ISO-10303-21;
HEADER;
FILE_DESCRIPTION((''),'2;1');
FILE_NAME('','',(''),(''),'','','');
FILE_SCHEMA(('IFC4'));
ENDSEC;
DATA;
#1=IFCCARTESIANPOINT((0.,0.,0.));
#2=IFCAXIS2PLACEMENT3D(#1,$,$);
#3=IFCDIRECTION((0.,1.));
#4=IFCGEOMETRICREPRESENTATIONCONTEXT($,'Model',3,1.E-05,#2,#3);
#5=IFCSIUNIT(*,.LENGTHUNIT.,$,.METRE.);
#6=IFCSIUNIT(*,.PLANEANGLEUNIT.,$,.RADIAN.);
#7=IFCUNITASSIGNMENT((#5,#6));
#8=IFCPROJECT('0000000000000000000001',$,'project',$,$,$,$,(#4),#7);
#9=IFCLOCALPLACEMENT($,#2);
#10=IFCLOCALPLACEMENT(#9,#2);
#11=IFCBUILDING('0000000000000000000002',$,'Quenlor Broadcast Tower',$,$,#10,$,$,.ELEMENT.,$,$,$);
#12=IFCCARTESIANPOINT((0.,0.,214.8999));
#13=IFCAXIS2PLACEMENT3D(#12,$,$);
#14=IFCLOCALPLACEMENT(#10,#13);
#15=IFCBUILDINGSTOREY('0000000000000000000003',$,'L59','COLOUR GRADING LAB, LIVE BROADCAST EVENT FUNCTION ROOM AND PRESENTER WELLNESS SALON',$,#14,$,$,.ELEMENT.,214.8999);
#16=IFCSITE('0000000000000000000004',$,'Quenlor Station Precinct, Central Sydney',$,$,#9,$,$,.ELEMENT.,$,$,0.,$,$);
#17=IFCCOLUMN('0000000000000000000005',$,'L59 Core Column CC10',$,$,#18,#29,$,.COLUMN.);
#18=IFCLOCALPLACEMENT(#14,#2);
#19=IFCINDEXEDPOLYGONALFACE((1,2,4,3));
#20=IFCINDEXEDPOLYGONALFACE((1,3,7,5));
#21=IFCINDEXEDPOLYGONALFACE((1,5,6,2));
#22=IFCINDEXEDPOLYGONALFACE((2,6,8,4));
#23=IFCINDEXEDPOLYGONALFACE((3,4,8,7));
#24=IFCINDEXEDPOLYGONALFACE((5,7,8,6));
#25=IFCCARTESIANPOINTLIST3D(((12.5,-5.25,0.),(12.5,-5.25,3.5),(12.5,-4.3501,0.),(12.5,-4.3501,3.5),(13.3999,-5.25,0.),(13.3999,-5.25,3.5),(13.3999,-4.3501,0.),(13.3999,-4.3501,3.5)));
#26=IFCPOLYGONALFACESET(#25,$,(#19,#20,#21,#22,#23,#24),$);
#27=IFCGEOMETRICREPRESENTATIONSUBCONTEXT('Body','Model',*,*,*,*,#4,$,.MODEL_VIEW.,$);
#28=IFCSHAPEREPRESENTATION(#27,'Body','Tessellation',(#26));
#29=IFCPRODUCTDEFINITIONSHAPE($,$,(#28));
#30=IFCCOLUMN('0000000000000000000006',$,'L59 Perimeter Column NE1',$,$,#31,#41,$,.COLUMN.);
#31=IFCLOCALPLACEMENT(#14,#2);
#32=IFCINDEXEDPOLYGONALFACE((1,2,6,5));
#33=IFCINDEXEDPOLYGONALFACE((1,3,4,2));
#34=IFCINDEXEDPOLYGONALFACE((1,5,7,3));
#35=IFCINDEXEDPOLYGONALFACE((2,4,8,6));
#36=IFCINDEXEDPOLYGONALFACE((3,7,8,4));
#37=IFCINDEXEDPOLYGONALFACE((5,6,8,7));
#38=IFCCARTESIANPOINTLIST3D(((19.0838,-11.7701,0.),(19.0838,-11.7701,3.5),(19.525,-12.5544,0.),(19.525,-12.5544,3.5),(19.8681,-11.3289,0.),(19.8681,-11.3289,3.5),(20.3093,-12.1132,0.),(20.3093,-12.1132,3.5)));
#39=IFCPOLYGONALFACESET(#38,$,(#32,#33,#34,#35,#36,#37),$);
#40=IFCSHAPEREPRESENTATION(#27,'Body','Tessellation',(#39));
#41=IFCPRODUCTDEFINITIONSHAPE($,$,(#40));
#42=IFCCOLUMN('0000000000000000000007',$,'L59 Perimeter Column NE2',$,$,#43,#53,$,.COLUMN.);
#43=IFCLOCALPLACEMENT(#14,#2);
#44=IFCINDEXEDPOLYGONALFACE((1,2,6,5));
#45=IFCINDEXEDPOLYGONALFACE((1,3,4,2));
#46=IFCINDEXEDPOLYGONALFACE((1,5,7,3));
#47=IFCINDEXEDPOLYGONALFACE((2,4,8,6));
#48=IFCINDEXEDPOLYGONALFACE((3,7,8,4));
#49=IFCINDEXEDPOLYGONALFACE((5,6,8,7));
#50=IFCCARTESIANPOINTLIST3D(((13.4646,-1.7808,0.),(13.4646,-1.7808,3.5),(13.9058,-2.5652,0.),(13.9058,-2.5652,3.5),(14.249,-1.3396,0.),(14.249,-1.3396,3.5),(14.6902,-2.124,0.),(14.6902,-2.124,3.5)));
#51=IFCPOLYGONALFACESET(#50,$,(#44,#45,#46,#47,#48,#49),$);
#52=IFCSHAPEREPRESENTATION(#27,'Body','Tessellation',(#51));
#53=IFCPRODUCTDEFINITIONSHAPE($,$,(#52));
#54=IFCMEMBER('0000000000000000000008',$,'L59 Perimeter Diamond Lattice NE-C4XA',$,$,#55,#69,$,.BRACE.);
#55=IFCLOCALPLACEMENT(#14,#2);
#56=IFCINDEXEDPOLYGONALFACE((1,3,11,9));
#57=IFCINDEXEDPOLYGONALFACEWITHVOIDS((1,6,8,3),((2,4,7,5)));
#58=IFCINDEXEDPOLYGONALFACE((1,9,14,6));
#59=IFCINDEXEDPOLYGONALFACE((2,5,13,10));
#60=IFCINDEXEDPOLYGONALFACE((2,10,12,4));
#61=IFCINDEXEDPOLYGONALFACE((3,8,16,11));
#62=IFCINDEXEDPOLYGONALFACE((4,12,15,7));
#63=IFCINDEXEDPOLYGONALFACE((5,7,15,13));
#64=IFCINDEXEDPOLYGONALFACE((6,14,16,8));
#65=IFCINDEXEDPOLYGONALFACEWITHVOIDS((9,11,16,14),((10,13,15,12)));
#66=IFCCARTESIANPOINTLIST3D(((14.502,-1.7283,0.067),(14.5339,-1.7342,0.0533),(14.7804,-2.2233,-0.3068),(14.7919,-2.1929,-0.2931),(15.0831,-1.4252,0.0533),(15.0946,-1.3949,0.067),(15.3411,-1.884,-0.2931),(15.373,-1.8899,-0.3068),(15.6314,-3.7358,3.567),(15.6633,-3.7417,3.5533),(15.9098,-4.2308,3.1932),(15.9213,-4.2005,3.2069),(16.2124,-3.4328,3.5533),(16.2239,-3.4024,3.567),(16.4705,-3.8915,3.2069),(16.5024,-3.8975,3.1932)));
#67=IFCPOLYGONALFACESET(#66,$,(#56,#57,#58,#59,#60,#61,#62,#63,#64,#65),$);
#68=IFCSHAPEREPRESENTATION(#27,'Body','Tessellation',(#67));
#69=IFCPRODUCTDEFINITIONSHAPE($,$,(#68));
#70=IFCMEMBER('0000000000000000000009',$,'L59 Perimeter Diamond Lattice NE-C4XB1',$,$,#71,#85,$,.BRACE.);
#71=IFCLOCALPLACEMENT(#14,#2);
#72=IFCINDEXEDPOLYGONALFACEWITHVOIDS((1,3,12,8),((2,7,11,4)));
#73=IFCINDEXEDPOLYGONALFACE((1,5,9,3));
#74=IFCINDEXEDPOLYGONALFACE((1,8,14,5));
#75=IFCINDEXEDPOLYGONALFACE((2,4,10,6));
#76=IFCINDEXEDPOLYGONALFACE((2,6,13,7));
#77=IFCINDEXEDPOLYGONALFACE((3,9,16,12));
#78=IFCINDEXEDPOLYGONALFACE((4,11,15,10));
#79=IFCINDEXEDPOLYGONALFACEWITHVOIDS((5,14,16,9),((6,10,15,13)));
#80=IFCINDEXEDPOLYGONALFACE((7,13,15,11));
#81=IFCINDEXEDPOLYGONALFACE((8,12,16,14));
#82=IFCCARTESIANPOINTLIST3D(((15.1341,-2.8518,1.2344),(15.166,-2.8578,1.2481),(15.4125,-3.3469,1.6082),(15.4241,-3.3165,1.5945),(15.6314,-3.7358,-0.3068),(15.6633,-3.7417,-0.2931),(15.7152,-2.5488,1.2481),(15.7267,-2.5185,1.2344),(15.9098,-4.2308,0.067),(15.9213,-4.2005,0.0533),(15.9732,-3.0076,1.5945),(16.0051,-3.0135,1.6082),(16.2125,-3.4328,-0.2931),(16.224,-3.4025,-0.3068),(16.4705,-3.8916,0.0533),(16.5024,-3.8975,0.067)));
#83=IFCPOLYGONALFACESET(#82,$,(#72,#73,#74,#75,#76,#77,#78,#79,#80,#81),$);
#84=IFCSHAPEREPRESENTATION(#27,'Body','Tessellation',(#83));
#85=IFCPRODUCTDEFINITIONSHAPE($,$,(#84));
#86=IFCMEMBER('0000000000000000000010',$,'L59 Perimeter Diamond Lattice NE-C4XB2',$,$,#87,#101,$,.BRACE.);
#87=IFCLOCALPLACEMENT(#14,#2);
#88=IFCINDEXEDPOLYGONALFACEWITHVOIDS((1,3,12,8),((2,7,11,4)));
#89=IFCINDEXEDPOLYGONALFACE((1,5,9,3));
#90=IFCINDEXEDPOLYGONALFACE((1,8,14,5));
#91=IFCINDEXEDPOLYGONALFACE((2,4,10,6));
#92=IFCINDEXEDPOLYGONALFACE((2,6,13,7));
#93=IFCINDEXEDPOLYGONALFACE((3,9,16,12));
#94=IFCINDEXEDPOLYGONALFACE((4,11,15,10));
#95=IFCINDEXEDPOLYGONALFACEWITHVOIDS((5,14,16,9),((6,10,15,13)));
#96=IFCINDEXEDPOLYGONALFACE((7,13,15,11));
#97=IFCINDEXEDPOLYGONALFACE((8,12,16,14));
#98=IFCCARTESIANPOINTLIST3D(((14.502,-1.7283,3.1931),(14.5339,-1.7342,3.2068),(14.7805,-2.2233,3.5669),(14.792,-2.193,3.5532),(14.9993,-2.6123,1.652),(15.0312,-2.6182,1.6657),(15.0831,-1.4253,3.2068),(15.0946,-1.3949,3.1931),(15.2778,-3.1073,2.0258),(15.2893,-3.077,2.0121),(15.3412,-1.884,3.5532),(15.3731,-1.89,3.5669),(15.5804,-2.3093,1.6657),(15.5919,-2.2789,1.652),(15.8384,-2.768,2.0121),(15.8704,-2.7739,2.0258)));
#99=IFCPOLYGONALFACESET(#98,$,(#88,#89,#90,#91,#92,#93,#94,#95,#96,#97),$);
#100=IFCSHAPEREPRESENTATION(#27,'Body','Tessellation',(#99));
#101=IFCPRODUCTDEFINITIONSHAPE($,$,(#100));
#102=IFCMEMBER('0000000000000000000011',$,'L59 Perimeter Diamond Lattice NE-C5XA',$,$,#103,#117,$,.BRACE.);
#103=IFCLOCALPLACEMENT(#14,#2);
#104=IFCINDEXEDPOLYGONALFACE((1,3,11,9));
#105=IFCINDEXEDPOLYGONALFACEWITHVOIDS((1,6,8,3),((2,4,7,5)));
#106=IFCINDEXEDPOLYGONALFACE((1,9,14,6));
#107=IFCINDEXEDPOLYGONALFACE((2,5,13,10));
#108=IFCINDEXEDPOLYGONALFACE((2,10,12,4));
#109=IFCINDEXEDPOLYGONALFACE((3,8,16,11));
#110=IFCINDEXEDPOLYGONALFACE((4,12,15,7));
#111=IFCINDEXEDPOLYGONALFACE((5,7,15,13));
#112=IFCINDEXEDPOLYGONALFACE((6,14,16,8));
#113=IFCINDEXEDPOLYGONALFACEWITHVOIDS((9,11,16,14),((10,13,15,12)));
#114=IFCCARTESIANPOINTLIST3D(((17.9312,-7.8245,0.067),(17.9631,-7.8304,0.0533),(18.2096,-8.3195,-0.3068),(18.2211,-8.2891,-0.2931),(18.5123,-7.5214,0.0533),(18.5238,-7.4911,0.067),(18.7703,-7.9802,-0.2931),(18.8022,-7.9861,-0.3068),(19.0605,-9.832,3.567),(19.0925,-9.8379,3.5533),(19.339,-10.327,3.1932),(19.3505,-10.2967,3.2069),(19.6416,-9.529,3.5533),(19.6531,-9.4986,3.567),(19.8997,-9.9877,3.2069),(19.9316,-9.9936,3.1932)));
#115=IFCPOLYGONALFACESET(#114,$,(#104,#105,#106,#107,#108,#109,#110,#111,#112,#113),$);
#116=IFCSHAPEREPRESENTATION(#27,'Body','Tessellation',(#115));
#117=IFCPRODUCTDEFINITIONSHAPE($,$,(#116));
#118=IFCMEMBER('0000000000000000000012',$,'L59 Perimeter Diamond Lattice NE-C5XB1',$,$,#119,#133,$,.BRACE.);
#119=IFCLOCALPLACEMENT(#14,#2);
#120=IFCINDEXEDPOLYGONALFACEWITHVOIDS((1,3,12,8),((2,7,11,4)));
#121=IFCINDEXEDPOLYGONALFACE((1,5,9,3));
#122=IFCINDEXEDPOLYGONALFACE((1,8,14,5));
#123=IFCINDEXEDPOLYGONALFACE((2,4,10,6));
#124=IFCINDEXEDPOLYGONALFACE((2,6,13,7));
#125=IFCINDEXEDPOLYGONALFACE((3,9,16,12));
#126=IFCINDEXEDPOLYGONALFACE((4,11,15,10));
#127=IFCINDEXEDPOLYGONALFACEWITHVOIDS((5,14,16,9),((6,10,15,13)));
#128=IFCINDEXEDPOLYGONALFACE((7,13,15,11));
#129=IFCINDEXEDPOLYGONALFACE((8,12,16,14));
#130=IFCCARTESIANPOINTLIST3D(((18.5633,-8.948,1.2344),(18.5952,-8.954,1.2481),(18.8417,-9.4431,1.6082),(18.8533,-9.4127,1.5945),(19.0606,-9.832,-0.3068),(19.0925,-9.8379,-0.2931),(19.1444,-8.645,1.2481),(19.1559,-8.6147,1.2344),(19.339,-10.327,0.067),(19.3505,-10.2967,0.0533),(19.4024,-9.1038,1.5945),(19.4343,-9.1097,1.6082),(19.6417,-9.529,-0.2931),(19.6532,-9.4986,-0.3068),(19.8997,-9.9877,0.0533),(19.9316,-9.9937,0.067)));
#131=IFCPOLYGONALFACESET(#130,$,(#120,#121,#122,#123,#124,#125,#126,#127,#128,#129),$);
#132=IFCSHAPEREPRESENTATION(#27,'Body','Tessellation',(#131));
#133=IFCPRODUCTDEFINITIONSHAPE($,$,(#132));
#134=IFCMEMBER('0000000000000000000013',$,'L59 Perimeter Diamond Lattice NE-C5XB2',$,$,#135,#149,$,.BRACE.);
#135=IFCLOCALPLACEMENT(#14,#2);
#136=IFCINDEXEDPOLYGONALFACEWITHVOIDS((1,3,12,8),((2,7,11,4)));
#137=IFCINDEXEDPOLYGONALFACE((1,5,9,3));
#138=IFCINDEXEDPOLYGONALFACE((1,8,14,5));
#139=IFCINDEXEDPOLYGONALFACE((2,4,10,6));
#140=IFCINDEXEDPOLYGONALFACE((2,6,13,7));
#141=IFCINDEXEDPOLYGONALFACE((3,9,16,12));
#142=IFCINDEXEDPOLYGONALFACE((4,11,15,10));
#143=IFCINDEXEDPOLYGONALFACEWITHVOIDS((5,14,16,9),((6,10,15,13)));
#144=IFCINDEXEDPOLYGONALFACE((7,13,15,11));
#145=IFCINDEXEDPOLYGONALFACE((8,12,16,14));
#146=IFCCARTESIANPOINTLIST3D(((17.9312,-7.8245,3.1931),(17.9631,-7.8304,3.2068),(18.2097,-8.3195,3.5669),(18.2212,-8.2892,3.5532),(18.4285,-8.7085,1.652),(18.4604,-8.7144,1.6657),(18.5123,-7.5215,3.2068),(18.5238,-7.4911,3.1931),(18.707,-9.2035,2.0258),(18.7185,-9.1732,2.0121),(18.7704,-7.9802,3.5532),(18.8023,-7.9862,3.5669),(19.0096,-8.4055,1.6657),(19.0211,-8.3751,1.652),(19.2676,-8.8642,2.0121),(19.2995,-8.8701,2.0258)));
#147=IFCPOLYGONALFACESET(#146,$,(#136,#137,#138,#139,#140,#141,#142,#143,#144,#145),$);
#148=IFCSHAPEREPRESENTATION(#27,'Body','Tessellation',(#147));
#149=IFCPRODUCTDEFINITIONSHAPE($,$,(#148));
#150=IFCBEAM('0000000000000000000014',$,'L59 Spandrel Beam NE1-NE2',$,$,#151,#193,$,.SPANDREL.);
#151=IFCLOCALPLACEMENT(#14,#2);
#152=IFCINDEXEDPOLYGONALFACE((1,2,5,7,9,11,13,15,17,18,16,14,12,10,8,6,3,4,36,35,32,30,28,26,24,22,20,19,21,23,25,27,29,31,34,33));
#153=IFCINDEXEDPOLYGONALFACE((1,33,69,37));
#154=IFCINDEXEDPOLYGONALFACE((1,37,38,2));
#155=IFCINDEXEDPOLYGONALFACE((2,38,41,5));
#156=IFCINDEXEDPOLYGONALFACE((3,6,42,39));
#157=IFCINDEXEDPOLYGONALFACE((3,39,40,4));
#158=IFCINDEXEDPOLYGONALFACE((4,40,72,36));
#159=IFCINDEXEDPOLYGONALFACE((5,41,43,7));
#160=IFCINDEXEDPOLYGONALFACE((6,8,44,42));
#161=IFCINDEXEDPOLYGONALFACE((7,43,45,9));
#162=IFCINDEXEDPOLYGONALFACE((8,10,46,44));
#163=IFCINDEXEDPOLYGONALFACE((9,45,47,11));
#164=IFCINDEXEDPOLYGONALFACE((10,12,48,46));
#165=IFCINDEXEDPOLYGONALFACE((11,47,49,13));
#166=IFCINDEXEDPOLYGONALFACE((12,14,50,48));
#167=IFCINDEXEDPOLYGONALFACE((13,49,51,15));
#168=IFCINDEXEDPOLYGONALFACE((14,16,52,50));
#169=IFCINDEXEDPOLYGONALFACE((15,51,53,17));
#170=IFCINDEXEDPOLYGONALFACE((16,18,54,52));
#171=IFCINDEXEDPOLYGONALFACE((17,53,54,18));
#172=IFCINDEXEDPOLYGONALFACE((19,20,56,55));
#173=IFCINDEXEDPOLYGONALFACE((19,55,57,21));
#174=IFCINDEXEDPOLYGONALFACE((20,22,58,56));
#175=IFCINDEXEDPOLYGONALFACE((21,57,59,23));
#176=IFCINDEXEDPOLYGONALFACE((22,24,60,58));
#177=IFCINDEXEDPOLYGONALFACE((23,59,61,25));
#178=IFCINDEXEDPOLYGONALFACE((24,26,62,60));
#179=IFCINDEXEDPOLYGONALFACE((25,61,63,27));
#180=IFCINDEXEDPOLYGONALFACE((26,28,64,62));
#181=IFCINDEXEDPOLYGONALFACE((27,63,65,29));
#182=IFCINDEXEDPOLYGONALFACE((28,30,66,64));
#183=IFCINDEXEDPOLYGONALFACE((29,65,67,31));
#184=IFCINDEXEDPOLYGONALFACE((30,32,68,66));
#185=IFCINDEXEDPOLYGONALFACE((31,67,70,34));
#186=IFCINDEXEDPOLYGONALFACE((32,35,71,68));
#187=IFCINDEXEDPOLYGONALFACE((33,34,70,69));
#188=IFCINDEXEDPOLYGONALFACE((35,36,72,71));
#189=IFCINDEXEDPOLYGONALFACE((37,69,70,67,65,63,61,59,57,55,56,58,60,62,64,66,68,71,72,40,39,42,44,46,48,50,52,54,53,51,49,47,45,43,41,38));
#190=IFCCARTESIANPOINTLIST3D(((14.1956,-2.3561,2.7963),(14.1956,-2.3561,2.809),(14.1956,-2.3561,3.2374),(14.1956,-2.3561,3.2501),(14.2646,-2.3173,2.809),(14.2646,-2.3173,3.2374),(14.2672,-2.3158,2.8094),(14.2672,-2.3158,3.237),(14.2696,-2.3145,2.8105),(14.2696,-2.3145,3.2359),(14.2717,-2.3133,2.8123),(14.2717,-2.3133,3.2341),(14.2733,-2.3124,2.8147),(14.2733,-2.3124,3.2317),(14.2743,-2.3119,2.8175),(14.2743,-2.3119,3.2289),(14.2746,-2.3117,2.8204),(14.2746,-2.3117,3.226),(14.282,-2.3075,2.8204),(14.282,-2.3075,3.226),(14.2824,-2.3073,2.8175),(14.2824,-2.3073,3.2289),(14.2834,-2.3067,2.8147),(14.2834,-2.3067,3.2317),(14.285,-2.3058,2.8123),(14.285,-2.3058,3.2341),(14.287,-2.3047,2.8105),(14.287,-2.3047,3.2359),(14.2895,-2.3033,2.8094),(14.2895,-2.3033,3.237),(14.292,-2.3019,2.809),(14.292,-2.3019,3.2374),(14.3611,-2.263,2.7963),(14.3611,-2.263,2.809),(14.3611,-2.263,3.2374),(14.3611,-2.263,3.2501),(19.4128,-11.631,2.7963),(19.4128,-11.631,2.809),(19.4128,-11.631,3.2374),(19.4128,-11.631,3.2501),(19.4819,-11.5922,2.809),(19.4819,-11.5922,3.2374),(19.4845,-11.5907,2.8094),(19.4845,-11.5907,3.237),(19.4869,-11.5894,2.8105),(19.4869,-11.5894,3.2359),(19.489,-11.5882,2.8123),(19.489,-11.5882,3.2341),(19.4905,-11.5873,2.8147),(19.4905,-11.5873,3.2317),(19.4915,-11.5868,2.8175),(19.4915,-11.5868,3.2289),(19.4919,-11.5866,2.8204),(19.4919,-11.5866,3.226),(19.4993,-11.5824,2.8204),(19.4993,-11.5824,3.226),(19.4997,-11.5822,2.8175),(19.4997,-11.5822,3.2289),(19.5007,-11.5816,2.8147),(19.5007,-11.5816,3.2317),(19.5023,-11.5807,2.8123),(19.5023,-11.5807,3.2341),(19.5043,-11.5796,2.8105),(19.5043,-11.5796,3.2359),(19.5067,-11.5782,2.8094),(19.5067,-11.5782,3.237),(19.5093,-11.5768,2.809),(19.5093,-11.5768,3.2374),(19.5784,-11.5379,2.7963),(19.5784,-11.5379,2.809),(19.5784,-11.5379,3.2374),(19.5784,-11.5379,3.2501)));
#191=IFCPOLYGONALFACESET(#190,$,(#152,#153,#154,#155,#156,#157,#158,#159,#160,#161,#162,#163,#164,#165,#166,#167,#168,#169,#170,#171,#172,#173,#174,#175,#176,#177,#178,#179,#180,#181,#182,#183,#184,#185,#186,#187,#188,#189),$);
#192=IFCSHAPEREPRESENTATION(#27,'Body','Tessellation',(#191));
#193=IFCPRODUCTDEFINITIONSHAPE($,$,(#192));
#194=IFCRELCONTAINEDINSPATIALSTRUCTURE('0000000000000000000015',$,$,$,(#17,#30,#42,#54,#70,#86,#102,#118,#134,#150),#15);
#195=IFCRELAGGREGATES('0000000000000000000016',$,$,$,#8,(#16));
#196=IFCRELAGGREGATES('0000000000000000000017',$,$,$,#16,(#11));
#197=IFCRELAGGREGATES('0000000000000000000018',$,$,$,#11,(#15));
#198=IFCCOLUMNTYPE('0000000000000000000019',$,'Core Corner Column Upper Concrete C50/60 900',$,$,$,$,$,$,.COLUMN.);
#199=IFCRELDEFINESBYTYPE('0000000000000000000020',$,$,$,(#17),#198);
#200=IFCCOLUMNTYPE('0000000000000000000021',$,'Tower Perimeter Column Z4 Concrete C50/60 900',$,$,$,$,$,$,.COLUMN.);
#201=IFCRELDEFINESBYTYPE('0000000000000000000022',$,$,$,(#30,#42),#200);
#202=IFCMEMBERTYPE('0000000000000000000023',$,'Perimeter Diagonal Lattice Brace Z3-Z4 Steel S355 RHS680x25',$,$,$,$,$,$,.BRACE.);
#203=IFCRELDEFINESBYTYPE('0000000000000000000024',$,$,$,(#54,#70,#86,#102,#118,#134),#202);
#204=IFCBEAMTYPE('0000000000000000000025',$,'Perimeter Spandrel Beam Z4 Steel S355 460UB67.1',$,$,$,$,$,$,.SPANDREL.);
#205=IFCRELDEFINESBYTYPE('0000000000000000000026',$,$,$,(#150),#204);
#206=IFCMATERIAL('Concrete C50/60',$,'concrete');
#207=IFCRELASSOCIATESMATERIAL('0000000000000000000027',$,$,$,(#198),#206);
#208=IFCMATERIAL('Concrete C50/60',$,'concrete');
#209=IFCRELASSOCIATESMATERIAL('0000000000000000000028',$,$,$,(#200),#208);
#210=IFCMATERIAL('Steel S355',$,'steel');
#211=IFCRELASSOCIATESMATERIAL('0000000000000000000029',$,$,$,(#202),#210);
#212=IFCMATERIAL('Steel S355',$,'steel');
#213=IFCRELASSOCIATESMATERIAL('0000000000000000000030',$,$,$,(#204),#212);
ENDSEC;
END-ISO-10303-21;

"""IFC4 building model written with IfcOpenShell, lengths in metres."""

from ifc_helpers import new_model, si_unit, direction, frame, origin, origin_2d, place, context, subcontext, project, spatial, rectangle, hollow_rectangle, i_section, extrude, material, material_profile, profile_set, type_object, element, save


model = new_model("IFC4")

# Units and contexts
model_context = context("Model", 3, precision=1e-05, world=origin(), true_north=direction((0.0, 1.0)))
body_context = subcontext(model_context, "Body", "Model", "MODEL_VIEW")
ifc_project = project(units=[si_unit("LENGTHUNIT", "METRE"), si_unit("PLANEANGLEUNIT", "RADIAN")], contexts=[model_context])

# Site, building, storey
site_placement = place(None, origin())
site = spatial("IfcSite", under=ifc_project, at=site_placement, Name="Quenlor Station Precinct, Central Sydney", CompositionType="ELEMENT", RefElevation=0.0)
building_placement = place(site_placement, origin())
building = spatial("IfcBuilding", under=site, at=building_placement, Name="Quenlor Broadcast Tower", CompositionType="ELEMENT")
storey_placement = place(building_placement, frame((0.0, 0.0, 214.8999)))
storey = spatial("IfcBuildingStorey", under=building, at=storey_placement, Name="L59", Description="COLOUR GRADING LAB, LIVE BROADCAST EVENT FUNCTION ROOM AND PRESENTER WELLNESS SALON", CompositionType="ELEMENT", Elevation=214.8999)

# Columns
ifc_material_1 = material(Name="Concrete C50/60", Category="concrete")
ifc_material_profile_1 = material_profile(ifc_material_1, rectangle(XDim=0.8999, YDim=0.8999, at=origin_2d()))
ifc_profile_set_1 = profile_set([ifc_material_profile_1], Name="Concrete C50/60 RC900x900")
column_type_1 = type_object("IfcColumnType", Name="Core Corner Column Upper Concrete C50/60 900", PredefinedType="COLUMN", material=ifc_profile_set_1)
column_placement = place(storey_placement, frame((12.95, -4.8, 0.0), z_axis=(0.0, 0.0, 1.0), x_axis=(1.0, 0.0, 0.0)))
element("IfcColumn", 1, at=column_placement, inside=storey, type_object=column_type_1, Name="L59 Core Column CC10", PredefinedType="COLUMN", context=body_context, shape_type="SweptSolid", body=[
    extrude(rectangle(XDim=0.8999, YDim=0.8999, at=origin_2d()), origin(), (0.0, 0.0, 1.0), 3.5),
])
ifc_material_2 = material(Name="Concrete C50/60", Category="concrete")
ifc_material_profile_2 = material_profile(ifc_material_2, rectangle(XDim=0.8999, YDim=0.8999, at=origin_2d()))
ifc_profile_set_2 = profile_set([ifc_material_profile_2], Name="Concrete C50/60 RC900x900")
column_type_2 = type_object("IfcColumnType", Name="Tower Perimeter Column Z4 Concrete C50/60 900", PredefinedType="COLUMN", material=ifc_profile_set_2)
for number, where, z_axis, x_axis, name in (
    (2, (19.6965, -11.9417, 0.0), (0.0, 0.0, 1.0), (0.871575, 0.490262, 0.0), "L59 Perimeter Column NE1"),
    (3, (14.0774, -1.9524, 0.0), (0.0, 0.0, 1.0), (0.871575, 0.490262, 0.0), "L59 Perimeter Column NE2"),
):
    element("IfcColumn", number, at=place(storey_placement, frame(where, z_axis=z_axis, x_axis=x_axis)), inside=storey, type_object=column_type_2, Name=name, PredefinedType="COLUMN", context=body_context, shape_type="SweptSolid", body=[
        extrude(rectangle(XDim=0.8999, YDim=0.8999, at=origin_2d()), origin(), (0.0, 0.0, 1.0), 3.5),
    ])

# Members
ifc_material_3 = material(Name="Steel S355", Category="steel")
ifc_material_profile_3 = material_profile(ifc_material_3, hollow_rectangle(XDim=0.6799, YDim=0.6799, WallThickness=0.0249, at=origin_2d()))
ifc_profile_set_3 = profile_set([ifc_material_profile_3], Name="Steel S355 RHS680x680x25")
member_type = type_object("IfcMemberType", Name="Perimeter Diagonal Lattice Brace Z3-Z4 Steel S355 RHS680x25", PredefinedType="BRACE", material=ifc_profile_set_3)
member_1_placement = place(storey_placement, frame((14.9375, -1.8091, -0.1199), z_axis=(0.269547, -0.479136, 0.835328), x_axis=(0.87155, 0.490307, 0.0)))
element("IfcMember", 4, at=member_1_placement, inside=storey, type_object=member_type, Name="L59 Perimeter Diamond Lattice NE-C4XA", PredefinedType="BRACE", context=body_context, shape_type="SweptSolid", body=[
    extrude(hollow_rectangle(XDim=0.6799, YDim=0.6799, WallThickness=0.0249, at=origin_2d()), origin(), (0.0, 0.0, 1.0), 4.1899),
])
for number, where, z_axis, x_axis, name in (
    (5, (16.0669, -3.8167, -0.1199), (-0.269536, 0.47913, 0.835335), (-0.871556, -0.490296, 0.0), "L59 Perimeter Diamond Lattice NE-C4XB1"),
    (6, (15.4348, -2.6931, 1.8389), (-0.269536, 0.47913, 0.835335), (-0.871556, -0.490296, 0.0), "L59 Perimeter Diamond Lattice NE-C4XB2"),
):
    element("IfcMember", number, at=place(storey_placement, frame(where, z_axis=z_axis, x_axis=x_axis)), inside=storey, type_object=member_type, Name=name, PredefinedType="BRACE", context=body_context, shape_type="SweptSolid", body=[
        extrude(hollow_rectangle(XDim=0.6799, YDim=0.6799, WallThickness=0.0249, at=origin_2d()), origin(), (0.0, 0.0, 1.0), 1.845),
    ])
member_2_placement = place(storey_placement, frame((18.3667, -7.9053, -0.1199), z_axis=(0.269547, -0.479136, 0.835328), x_axis=(0.87155, 0.490307, 0.0)))
element("IfcMember", 7, at=member_2_placement, inside=storey, type_object=member_type, Name="L59 Perimeter Diamond Lattice NE-C5XA", PredefinedType="BRACE", context=body_context, shape_type="SweptSolid", body=[
    extrude(hollow_rectangle(XDim=0.6799, YDim=0.6799, WallThickness=0.0249, at=origin_2d()), origin(), (0.0, 0.0, 1.0), 4.1899),
])
for number, where, z_axis, x_axis, name in (
    (8, (19.4961, -9.9128, -0.1199), (-0.269536, 0.47913, 0.835335), (-0.871556, -0.490296, 0.0), "L59 Perimeter Diamond Lattice NE-C5XB1"),
    (9, (18.864, -8.7893, 1.8389), (-0.269536, 0.47913, 0.835335), (-0.871556, -0.490296, 0.0), "L59 Perimeter Diamond Lattice NE-C5XB2"),
):
    element("IfcMember", number, at=place(storey_placement, frame(where, z_axis=z_axis, x_axis=x_axis)), inside=storey, type_object=member_type, Name=name, PredefinedType="BRACE", context=body_context, shape_type="SweptSolid", body=[
        extrude(hollow_rectangle(XDim=0.6799, YDim=0.6799, WallThickness=0.0249, at=origin_2d()), origin(), (0.0, 0.0, 1.0), 1.845),
    ])

# Beam
ifc_material_4 = material(Name="Steel S355", Category="steel")
ifc_material_profile_4 = material_profile(ifc_material_4, i_section(OverallWidth=0.1899, OverallDepth=0.4539, WebThickness=0.0085, FlangeThickness=0.0127, FilletRadius=0.0115, at=origin_2d()))
ifc_profile_set_4 = profile_set([ifc_material_profile_4], Name="Steel S355 460UB67.1")
beam_type_1 = type_object("IfcBeamType", Name="Perimeter Spandrel Beam Z4 Steel S355 460UB67.1", PredefinedType="SPANDREL", material=ifc_profile_set_4)
beam_1_placement = place(storey_placement, frame((19.4956, -11.5845, 3.0232), z_axis=(-0.490272, 0.871569, 0.0), x_axis=(-0.871569, -0.490272, 0.0)))
element("IfcBeam", 10, at=beam_1_placement, inside=storey, type_object=beam_type_1, Name="L59 Spandrel Beam NE1-NE2", PredefinedType="SPANDREL", context=body_context, shape_type="SweptSolid", body=[
    extrude(i_section(OverallWidth=0.1899, OverallDepth=0.4539, WebThickness=0.0085, FlangeThickness=0.0127, FilletRadius=0.0115, at=origin_2d()), origin(), (0.0, 0.0, 1.0), 10.6416),
])

save(model, "model.ifc")
